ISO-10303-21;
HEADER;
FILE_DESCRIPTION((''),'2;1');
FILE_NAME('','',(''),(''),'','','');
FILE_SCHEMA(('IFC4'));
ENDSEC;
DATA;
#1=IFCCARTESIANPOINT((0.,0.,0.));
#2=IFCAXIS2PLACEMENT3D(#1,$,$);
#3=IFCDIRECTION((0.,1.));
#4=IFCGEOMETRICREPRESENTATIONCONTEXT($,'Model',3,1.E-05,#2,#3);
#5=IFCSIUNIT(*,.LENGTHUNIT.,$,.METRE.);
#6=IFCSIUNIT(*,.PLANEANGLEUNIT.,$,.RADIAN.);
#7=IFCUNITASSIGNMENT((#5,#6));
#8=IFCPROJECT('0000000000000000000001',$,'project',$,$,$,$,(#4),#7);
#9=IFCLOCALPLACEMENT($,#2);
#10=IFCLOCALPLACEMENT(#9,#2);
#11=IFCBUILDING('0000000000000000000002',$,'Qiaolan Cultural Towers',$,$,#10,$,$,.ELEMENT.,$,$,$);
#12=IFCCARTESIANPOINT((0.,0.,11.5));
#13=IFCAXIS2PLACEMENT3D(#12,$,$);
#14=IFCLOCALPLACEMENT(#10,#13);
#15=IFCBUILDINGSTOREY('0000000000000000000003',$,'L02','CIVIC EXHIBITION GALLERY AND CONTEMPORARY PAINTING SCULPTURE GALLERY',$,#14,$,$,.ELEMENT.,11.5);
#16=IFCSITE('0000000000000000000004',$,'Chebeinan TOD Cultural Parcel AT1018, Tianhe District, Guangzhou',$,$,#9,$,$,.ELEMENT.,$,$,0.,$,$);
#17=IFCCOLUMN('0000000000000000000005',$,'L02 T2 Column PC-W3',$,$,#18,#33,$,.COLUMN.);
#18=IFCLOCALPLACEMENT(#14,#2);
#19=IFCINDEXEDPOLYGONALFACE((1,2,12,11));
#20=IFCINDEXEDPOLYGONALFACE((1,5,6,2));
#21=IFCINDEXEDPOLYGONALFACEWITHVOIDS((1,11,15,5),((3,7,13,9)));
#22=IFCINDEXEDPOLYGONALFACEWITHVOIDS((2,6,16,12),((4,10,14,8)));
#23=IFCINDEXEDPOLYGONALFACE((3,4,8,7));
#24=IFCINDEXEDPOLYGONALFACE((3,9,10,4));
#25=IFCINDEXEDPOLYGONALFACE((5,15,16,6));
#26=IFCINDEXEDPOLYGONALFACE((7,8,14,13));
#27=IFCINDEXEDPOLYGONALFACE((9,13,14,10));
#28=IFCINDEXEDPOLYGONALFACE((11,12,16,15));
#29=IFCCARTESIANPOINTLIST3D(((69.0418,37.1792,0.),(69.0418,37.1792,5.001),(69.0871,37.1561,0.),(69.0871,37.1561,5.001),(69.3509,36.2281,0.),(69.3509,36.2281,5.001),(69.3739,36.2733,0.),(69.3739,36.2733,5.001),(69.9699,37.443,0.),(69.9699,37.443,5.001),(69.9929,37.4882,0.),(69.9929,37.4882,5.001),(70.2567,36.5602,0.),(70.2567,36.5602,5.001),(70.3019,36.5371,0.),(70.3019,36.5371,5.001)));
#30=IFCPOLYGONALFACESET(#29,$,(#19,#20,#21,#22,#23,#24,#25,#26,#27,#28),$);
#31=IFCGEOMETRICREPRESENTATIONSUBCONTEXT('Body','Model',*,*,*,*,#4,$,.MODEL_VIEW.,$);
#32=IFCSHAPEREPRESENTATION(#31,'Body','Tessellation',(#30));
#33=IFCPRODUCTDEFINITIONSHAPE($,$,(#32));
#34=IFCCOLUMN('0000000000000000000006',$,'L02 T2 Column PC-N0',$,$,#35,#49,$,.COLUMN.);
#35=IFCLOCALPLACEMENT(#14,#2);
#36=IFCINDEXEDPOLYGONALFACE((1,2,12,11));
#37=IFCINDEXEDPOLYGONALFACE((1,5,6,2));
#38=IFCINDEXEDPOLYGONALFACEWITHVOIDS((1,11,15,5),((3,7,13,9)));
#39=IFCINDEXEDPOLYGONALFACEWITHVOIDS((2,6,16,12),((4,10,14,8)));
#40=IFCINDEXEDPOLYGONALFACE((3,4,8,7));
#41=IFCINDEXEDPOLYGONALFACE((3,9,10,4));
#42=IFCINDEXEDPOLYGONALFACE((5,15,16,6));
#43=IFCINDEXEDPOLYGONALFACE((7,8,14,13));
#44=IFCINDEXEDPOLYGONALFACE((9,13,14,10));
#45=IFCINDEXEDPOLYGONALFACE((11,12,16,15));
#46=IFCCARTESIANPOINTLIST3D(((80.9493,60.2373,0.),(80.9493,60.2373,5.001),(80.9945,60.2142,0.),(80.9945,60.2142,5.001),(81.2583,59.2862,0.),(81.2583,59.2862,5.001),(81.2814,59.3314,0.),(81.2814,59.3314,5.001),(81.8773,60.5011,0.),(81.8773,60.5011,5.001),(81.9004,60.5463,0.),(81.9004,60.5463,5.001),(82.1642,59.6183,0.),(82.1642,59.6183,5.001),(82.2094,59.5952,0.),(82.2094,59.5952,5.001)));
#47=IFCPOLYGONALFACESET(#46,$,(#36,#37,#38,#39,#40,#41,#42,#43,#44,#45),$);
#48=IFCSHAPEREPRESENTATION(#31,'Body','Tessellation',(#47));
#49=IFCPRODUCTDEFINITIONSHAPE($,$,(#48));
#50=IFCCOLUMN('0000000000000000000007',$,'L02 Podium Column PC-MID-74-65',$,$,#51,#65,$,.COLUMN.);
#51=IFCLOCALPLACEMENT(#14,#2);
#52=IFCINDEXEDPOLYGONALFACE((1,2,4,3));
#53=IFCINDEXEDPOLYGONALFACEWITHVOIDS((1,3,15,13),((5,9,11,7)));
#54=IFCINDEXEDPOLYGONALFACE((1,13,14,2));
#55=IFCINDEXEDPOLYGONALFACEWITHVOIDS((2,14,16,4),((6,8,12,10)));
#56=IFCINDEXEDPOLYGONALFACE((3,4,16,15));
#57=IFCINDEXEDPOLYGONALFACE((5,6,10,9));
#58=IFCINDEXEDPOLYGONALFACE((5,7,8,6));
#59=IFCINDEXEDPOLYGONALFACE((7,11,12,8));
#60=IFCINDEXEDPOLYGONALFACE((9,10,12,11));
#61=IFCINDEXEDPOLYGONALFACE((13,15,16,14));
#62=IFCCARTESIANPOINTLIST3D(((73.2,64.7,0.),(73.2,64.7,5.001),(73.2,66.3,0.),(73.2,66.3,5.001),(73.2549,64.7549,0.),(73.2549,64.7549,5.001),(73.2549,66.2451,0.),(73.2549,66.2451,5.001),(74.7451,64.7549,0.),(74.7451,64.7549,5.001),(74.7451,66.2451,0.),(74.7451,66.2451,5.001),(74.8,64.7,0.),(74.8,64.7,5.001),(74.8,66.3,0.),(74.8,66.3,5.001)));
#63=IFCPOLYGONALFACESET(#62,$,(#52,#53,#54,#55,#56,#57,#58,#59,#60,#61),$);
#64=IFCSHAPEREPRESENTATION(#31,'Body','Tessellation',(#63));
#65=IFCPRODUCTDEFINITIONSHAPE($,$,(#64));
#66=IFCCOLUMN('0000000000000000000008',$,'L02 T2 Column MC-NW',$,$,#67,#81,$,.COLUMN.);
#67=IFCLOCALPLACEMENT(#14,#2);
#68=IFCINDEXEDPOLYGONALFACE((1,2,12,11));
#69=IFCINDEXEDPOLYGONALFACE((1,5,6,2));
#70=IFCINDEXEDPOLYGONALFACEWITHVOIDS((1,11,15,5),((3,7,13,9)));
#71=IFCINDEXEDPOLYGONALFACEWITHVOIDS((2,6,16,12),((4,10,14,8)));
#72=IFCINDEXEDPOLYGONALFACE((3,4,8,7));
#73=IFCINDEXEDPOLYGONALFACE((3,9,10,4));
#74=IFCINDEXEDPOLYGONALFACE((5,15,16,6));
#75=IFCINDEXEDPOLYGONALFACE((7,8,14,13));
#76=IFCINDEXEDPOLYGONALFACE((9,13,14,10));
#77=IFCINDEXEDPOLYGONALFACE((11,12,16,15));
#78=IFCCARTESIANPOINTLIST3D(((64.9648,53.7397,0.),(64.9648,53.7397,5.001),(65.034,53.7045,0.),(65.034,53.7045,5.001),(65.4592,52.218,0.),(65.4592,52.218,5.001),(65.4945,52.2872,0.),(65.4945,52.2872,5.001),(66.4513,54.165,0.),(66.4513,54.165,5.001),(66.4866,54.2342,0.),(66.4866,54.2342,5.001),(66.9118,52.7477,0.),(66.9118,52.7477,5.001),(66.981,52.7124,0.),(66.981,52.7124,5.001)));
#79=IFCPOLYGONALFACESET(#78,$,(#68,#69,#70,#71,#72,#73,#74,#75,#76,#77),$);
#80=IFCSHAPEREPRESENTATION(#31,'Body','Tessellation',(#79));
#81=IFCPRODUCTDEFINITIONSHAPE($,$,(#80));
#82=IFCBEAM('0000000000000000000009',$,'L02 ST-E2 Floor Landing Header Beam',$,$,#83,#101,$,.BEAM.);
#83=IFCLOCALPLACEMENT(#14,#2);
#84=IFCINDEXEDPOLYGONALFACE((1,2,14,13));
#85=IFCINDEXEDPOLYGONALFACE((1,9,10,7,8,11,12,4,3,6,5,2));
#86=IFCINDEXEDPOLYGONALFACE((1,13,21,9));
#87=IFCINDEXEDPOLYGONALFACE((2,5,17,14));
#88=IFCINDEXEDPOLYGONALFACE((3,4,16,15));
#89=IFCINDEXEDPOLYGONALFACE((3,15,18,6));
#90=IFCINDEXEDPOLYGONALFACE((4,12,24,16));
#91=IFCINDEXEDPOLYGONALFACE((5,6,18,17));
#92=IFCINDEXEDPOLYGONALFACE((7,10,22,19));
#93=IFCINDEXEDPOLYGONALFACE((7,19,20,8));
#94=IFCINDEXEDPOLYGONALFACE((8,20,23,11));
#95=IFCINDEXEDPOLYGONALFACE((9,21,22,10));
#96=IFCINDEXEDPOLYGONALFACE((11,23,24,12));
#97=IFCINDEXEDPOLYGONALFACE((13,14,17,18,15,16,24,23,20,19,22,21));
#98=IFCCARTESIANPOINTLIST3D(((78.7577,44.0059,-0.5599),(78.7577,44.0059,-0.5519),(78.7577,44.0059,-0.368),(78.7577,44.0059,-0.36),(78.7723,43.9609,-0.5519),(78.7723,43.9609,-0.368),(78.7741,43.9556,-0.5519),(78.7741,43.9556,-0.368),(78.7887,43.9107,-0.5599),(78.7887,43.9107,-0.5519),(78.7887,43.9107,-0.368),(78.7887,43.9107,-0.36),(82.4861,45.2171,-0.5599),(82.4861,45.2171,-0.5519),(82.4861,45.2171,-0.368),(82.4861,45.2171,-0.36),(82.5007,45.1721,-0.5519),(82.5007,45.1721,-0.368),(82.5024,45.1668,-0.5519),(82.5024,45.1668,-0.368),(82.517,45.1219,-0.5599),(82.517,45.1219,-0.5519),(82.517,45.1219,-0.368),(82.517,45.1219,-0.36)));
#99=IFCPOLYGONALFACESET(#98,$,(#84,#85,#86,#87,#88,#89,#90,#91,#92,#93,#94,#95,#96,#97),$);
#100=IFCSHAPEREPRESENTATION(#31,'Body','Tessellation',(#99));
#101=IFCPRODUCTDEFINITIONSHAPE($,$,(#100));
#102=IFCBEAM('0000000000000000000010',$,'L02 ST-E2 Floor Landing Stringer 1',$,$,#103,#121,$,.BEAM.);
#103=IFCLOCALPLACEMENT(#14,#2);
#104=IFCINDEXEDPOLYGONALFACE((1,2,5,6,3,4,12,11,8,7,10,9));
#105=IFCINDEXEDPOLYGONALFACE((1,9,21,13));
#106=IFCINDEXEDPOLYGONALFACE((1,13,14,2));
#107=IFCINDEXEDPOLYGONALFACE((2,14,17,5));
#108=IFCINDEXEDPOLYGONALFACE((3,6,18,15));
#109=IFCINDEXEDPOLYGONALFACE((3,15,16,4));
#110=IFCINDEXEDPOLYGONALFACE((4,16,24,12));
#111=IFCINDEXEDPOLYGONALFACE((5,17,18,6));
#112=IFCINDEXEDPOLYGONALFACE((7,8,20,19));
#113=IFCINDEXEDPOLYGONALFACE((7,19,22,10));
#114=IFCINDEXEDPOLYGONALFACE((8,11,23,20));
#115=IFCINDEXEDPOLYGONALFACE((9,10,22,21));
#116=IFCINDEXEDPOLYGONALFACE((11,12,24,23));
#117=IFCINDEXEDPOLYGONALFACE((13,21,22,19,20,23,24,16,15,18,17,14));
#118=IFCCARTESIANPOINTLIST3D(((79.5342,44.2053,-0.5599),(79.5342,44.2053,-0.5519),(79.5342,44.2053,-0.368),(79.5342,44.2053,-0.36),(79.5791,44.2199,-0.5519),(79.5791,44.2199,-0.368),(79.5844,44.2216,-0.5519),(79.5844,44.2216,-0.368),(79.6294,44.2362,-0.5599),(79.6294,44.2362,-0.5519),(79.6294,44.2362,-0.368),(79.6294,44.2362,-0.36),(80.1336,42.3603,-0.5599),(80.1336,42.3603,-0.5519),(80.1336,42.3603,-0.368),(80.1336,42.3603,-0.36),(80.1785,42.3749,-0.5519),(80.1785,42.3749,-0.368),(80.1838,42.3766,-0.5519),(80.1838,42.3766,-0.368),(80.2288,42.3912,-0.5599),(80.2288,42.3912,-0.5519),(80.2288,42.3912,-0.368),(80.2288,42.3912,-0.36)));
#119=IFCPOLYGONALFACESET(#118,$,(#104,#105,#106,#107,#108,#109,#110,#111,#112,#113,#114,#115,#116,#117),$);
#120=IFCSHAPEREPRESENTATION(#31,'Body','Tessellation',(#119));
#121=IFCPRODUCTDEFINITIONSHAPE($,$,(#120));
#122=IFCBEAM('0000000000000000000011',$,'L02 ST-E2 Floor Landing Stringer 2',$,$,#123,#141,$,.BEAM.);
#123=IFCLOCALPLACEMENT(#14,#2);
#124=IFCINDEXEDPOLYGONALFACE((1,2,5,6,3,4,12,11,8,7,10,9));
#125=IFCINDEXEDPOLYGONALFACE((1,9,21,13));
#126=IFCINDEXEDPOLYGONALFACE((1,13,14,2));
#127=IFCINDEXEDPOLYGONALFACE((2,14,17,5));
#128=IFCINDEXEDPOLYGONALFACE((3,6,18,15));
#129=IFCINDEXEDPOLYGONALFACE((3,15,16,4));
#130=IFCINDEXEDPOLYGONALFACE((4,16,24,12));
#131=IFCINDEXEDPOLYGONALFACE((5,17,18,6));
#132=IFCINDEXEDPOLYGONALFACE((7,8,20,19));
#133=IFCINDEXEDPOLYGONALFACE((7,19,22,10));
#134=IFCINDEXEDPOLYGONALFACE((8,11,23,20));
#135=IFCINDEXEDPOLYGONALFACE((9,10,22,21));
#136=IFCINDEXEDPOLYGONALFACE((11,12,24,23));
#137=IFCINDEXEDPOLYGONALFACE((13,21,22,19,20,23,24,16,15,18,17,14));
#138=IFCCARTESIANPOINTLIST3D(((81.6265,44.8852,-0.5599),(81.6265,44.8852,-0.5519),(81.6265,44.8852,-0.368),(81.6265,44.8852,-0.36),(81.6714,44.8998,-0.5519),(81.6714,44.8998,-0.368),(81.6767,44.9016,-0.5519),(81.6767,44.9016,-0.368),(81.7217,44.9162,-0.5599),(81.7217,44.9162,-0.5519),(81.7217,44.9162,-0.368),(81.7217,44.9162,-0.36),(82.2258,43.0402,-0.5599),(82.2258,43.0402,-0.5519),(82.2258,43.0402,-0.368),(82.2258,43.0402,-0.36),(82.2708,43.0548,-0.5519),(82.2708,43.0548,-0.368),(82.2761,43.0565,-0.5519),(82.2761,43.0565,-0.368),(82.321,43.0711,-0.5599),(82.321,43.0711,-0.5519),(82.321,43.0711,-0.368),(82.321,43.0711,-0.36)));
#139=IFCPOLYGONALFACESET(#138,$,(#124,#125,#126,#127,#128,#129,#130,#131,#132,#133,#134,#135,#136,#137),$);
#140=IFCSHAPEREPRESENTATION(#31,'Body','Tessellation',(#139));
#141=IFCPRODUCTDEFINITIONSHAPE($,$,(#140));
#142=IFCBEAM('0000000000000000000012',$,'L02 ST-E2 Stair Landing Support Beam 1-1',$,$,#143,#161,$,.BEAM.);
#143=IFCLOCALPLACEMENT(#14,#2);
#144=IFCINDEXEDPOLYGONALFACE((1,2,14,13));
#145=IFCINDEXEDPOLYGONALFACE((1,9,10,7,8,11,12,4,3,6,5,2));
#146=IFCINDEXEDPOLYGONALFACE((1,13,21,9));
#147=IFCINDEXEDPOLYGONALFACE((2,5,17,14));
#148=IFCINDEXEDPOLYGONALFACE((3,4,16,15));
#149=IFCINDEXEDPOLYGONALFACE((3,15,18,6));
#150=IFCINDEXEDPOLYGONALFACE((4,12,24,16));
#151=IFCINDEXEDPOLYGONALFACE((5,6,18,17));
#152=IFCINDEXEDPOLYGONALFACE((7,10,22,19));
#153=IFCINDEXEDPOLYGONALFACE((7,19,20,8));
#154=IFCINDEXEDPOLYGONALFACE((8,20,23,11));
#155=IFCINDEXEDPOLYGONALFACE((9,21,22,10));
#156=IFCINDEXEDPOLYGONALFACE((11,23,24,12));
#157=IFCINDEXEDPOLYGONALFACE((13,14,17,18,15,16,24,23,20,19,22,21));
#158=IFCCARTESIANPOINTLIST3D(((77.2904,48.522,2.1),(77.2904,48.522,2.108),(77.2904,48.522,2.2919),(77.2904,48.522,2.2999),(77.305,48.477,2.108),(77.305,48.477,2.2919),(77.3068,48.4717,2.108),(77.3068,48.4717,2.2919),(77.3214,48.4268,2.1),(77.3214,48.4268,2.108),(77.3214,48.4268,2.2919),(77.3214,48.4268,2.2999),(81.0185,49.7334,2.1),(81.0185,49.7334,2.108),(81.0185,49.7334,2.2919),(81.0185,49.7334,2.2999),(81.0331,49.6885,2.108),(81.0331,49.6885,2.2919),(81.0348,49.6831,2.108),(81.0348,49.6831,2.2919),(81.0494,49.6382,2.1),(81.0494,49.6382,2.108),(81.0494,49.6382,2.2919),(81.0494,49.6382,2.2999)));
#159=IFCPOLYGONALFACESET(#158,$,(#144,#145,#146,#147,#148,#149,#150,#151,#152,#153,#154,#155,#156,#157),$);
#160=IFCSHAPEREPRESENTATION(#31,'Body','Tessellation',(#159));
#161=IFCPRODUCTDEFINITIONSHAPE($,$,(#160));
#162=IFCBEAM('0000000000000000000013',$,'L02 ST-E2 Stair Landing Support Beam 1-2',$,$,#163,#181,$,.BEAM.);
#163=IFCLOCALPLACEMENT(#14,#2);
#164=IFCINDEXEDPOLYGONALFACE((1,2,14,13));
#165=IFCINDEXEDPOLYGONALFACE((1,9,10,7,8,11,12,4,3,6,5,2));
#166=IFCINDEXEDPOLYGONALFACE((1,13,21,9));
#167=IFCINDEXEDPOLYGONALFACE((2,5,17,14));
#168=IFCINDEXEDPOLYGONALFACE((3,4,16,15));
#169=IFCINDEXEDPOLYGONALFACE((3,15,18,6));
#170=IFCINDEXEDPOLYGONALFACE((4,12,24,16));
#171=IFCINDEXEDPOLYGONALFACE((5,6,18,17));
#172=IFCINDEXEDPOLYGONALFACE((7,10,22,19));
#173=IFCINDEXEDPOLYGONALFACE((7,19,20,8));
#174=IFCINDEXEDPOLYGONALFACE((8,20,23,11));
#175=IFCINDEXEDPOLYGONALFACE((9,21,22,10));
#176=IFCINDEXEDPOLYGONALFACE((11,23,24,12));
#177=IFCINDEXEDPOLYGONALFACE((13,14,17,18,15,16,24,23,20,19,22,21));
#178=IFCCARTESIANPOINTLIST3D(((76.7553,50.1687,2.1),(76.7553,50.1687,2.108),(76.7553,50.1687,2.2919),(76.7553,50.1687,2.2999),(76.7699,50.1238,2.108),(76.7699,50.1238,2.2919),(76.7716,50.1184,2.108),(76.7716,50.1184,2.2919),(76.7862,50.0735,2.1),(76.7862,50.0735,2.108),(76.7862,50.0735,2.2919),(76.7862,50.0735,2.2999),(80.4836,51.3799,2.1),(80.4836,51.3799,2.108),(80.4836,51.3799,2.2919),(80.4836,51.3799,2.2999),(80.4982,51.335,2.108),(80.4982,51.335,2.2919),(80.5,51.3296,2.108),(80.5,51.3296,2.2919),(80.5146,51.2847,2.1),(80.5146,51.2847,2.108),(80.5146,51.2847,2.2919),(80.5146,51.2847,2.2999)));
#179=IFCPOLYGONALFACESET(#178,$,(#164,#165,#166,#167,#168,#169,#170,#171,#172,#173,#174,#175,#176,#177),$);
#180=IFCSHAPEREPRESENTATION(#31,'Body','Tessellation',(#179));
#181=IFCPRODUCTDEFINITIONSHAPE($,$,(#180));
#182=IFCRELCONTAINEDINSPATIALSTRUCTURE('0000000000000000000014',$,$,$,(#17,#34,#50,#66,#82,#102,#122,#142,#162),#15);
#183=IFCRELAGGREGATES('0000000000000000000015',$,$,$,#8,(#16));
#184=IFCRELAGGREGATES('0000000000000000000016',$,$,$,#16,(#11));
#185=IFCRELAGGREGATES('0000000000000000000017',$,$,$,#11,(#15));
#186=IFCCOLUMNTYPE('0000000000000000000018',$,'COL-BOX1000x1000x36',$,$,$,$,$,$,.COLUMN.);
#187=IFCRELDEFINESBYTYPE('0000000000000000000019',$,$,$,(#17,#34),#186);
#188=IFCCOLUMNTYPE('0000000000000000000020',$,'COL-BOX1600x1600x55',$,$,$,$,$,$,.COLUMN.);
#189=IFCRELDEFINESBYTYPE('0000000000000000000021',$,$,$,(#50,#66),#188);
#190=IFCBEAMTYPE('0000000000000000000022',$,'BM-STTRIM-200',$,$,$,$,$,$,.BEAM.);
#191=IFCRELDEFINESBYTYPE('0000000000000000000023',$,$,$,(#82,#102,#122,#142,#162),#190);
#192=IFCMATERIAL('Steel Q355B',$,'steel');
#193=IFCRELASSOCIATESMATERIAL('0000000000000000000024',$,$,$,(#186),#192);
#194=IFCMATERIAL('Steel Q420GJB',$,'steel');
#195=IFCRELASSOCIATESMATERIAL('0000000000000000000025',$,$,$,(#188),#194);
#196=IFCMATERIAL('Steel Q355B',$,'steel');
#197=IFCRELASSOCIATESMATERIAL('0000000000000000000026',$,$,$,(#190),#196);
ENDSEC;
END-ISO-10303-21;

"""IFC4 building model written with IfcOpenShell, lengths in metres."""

from ifc_helpers import new_model, si_unit, direction, frame, origin, origin_2d, place, context, subcontext, project, spatial, hollow_rectangle, i_section, extrude, material, material_profile, profile_set, type_object, element, save


model = new_model("IFC4")

# Units and contexts
model_context = context("Model", 3, precision=1e-05, world=origin(), true_north=direction((0.0, 1.0)))
body_context = subcontext(model_context, "Body", "Model", "MODEL_VIEW")
ifc_project = project(units=[si_unit("LENGTHUNIT", "METRE"), si_unit("PLANEANGLEUNIT", "RADIAN")], contexts=[model_context])

# Site, building, storey
site_placement = place(None, origin())
site = spatial("IfcSite", under=ifc_project, at=site_placement, Name="Chebeinan TOD Cultural Parcel AT1018, Tianhe District, Guangzhou", CompositionType="ELEMENT", RefElevation=0.0)
building_placement = place(site_placement, origin())
building = spatial("IfcBuilding", under=site, at=building_placement, Name="Qiaolan Cultural Towers", CompositionType="ELEMENT")
storey_placement = place(building_placement, frame((0.0, 0.0, 11.5)))
storey = spatial("IfcBuildingStorey", under=building, at=storey_placement, Name="L02", Description="CIVIC EXHIBITION GALLERY AND CONTEMPORARY PAINTING SCULPTURE GALLERY", CompositionType="ELEMENT", Elevation=11.5)

# Columns
ifc_material_1 = material(Name="Steel Q355B", Category="steel")
ifc_material_profile_1 = material_profile(ifc_material_1, hollow_rectangle(XDim=1.0, YDim=1.0, WallThickness=0.0359, at=origin_2d()), Name="BOX1000x1000x36")
ifc_profile_set_1 = profile_set([ifc_material_profile_1], Name="Steel Q355B")
column_type_1 = type_object("IfcColumnType", Name="COL-BOX1000x1000x36", PredefinedType="COLUMN", material=ifc_profile_set_1)
for number, where, z_axis, x_axis, name in (
    (1, (69.6719, 36.8582, 0.0), (0.0, 0.0, 1.0), (0.951057, 0.309017, 0.0), "L02 T2 Column PC-W3"),
    (2, (81.5793, 59.9163, 0.0), (0.0, 0.0, 1.0), (0.951057, 0.309017, 0.0), "L02 T2 Column PC-N0"),
):
    element("IfcColumn", number, at=place(storey_placement, frame(where, z_axis=z_axis, x_axis=x_axis)), inside=storey, type_object=column_type_1, Name=name, PredefinedType="COLUMN", context=body_context, shape_type="SweptSolid", body=[
        extrude(hollow_rectangle(XDim=1.0, YDim=1.0, WallThickness=0.0359, at=origin_2d()), origin(), (0.0, 0.0, 1.0), 5.001),
    ])
ifc_material_2 = material(Name="Steel Q420GJB", Category="steel")
ifc_material_profile_2 = material_profile(ifc_material_2, hollow_rectangle(XDim=1.6001, YDim=1.6001, WallThickness=0.0549, at=origin_2d()), Name="BOX1600x1600x55")
ifc_profile_set_2 = profile_set([ifc_material_profile_2], Name="Steel Q420GJB")
column_type_2 = type_object("IfcColumnType", Name="COL-BOX1600x1600x55", PredefinedType="COLUMN", material=ifc_profile_set_2)
for number, where, z_axis, x_axis, name in (
    (3, (74.0, 65.5, 0.0), (0.0, 0.0, 1.0), (1.0, 0.0, 0.0), "L02 Podium Column PC-MID-74-65"),
    (4, (65.9729, 53.2261, 0.0), (0.0, 0.0, 1.0), (0.951057, 0.309017, 0.0), "L02 T2 Column MC-NW"),
):
    element("IfcColumn", number, at=place(storey_placement, frame(where, z_axis=z_axis, x_axis=x_axis)), inside=storey, type_object=column_type_2, Name=name, PredefinedType="COLUMN", context=body_context, shape_type="SweptSolid", body=[
        extrude(hollow_rectangle(XDim=1.6001, YDim=1.6001, WallThickness=0.0549, at=origin_2d()), origin(), (0.0, 0.0, 1.0), 5.001),
    ])

# Beams
ifc_material_3 = material(Name="Steel Q355B", Category="steel")
ifc_material_profile_3 = material_profile(ifc_material_3, i_section(OverallWidth=0.1001, OverallDepth=0.2, WebThickness=0.0056, FlangeThickness=0.0081, at=origin_2d()), Name="HN200x100x5.5x8")
ifc_profile_set_3 = profile_set([ifc_material_profile_3], Name="Steel Q355B")
beam_type = type_object("IfcBeamType", Name="BM-STTRIM-200", PredefinedType="BEAM", material=ifc_profile_set_3)
beam_1_placement = place(storey_placement, frame((78.7732, 43.9583, -0.46), z_axis=(0.951072, 0.308969, 0.0), x_axis=(-0.308969, 0.951072, 0.0)))
element("IfcBeam", 5, at=beam_1_placement, inside=storey, type_object=beam_type, Name="L02 ST-E2 Floor Landing Header Beam", PredefinedType="BEAM", context=body_context, shape_type="SweptSolid", body=[
    extrude(i_section(OverallWidth=0.1001, OverallDepth=0.2, WebThickness=0.0056, FlangeThickness=0.0081, at=origin_2d()), origin(), (0.0, 0.0, 1.0), 3.9202),
])
for number, where, z_axis, x_axis, name in (
    (6, (80.1812, 42.3757, -0.46), (-0.308969, 0.951072, 0.0), (-0.951072, -0.308969, 0.0), "L02 ST-E2 Floor Landing Stringer 1"),
    (7, (82.2734, 43.0557, -0.46), (-0.308969, 0.951072, 0.0), (-0.951072, -0.308969, 0.0), "L02 ST-E2 Floor Landing Stringer 2"),
):
    element("IfcBeam", number, at=place(storey_placement, frame(where, z_axis=z_axis, x_axis=x_axis)), inside=storey, type_object=beam_type, Name=name, PredefinedType="BEAM", context=body_context, shape_type="SweptSolid", body=[
        extrude(i_section(OverallWidth=0.1001, OverallDepth=0.2, WebThickness=0.0056, FlangeThickness=0.0081, at=origin_2d()), origin(), (0.0, 0.0, 1.0), 1.9399),
    ])
beam_2_placement = place(storey_placement, frame((77.3059, 48.4744, 2.2), z_axis=(0.951048, 0.309044, 0.0), x_axis=(-0.309044, 0.951048, 0.0)))
element("IfcBeam", 8, at=beam_2_placement, inside=storey, type_object=beam_type, Name="L02 ST-E2 Stair Landing Support Beam 1-1", PredefinedType="BEAM", context=body_context, shape_type="SweptSolid", body=[
    extrude(i_section(OverallWidth=0.1001, OverallDepth=0.2, WebThickness=0.0056, FlangeThickness=0.0081, at=origin_2d()), origin(), (0.0, 0.0, 1.0), 3.9199),
])
beam_3_placement = place(storey_placement, frame((76.7708, 50.1211, 2.2), z_axis=(0.951072, 0.308969, 0.0), x_axis=(-0.308969, 0.951072, 0.0)))
element("IfcBeam", 9, at=beam_3_placement, inside=storey, type_object=beam_type, Name="L02 ST-E2 Stair Landing Support Beam 1-2", PredefinedType="BEAM", context=body_context, shape_type="SweptSolid", body=[
    extrude(i_section(OverallWidth=0.1001, OverallDepth=0.2, WebThickness=0.0056, FlangeThickness=0.0081, at=origin_2d()), origin(), (0.0, 0.0, 1.0), 3.9202),
])

save(model, "model.ifc")
